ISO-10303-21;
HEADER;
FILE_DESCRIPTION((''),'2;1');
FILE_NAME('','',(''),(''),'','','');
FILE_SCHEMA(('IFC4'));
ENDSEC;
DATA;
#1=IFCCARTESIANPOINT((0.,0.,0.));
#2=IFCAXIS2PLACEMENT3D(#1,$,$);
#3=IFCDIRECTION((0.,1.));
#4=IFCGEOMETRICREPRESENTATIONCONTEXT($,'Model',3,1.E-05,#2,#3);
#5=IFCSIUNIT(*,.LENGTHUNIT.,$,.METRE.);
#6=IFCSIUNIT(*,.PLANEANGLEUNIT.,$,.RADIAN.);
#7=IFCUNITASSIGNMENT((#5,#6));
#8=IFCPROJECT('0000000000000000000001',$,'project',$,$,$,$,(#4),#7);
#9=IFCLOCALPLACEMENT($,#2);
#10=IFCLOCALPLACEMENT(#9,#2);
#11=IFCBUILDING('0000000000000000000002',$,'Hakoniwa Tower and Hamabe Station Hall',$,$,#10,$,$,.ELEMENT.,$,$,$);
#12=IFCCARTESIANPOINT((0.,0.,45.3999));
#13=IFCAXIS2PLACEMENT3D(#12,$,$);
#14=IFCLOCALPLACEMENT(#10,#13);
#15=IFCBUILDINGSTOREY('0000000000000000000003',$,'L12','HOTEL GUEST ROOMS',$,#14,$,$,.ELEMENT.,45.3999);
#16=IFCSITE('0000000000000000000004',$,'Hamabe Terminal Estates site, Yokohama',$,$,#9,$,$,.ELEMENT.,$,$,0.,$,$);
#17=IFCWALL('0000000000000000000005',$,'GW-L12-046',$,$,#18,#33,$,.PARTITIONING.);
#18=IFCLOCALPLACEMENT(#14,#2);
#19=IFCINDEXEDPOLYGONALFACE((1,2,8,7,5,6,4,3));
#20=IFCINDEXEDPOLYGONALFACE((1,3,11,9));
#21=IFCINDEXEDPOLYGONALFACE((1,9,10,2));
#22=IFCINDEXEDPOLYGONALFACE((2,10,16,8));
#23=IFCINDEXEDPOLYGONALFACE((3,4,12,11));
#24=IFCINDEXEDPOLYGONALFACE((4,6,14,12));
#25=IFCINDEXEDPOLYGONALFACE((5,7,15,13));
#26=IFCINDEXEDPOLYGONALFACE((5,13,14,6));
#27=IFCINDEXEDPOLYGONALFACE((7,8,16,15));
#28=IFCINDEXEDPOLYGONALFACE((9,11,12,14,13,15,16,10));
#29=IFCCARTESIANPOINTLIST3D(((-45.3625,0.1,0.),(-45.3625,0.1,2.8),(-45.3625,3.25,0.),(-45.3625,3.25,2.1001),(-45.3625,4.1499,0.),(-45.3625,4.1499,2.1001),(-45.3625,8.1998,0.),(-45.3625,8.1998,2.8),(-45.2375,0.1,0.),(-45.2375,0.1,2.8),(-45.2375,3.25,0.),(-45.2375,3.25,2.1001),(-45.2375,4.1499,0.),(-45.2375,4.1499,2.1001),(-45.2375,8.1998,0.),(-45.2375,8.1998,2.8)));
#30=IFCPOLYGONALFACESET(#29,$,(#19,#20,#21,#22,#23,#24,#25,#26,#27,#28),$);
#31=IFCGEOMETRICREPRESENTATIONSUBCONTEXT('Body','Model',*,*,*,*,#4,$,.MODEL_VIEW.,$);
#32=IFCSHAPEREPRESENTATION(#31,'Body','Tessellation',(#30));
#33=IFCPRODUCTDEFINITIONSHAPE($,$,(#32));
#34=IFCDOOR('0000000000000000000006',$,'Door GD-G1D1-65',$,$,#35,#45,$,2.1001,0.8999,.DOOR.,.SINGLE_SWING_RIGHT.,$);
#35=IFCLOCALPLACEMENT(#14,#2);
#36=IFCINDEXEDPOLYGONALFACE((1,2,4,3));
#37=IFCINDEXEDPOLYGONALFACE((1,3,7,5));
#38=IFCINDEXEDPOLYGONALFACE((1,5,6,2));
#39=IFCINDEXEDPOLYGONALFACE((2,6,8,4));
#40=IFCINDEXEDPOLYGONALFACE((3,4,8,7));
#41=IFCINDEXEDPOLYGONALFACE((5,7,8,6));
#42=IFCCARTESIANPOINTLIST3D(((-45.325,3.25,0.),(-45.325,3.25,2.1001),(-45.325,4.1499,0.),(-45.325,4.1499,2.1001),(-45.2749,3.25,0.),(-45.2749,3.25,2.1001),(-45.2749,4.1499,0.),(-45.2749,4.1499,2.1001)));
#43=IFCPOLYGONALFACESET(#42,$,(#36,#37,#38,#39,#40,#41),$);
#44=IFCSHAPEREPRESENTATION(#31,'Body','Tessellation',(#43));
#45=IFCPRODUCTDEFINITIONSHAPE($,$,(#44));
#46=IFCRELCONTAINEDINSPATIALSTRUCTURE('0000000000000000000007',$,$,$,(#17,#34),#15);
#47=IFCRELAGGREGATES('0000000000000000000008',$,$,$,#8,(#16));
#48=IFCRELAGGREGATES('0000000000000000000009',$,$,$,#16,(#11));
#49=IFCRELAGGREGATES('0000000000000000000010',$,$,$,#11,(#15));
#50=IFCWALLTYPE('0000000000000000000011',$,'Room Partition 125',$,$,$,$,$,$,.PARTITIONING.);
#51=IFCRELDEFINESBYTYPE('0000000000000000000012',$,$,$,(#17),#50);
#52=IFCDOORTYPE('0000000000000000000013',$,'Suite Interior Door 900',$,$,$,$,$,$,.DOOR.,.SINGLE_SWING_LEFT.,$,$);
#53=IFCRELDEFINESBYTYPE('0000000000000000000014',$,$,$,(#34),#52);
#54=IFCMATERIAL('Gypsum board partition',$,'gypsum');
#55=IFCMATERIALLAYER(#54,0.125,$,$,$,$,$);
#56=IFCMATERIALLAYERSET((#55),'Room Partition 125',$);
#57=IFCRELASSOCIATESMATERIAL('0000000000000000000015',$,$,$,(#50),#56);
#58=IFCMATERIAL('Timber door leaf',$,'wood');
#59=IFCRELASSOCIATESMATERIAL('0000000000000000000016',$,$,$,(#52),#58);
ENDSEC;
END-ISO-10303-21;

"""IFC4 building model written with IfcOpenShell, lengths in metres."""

from ifc_helpers import new_model, si_unit, direction, frame, frame_2d, origin, place, context, subcontext, project, spatial, rectangle, extrude, material, layer, layer_set, type_object, element, fill, save


model = new_model("IFC4")

# Units and contexts
model_context = context("Model", 3, precision=1e-05, world=origin(), true_north=direction((0.0, 1.0)))
body_context = subcontext(model_context, "Body", "Model", "MODEL_VIEW")
ifc_project = project(units=[si_unit("LENGTHUNIT", "METRE"), si_unit("PLANEANGLEUNIT", "RADIAN")], contexts=[model_context])

# Site, building, storey
site_placement = place(None, origin())
site = spatial("IfcSite", under=ifc_project, at=site_placement, Name="Hamabe Terminal Estates site, Yokohama", CompositionType="ELEMENT", RefElevation=0.0)
building_placement = place(site_placement, origin())
building = spatial("IfcBuilding", under=site, at=building_placement, Name="Hakoniwa Tower and Hamabe Station Hall", CompositionType="ELEMENT")
storey_placement = place(building_placement, frame((0.0, 0.0, 45.3999)))
storey = spatial("IfcBuildingStorey", under=building, at=storey_placement, Name="L12", Description="HOTEL GUEST ROOMS", CompositionType="ELEMENT", Elevation=45.3999)

# Wall, opening, door
ifc_material_1 = material(Name="Gypsum board partition", Category="gypsum")
ifc_layer_1 = layer(ifc_material_1, 0.125)
ifc_layer_set_1 = layer_set([ifc_layer_1], Name="Room Partition 125")
wall_type_1 = type_object("IfcWallType", Name="Room Partition 125", PredefinedType="PARTITIONING", material=ifc_layer_set_1)
wall_1_placement = place(storey_placement, frame((-45.3, 0.1001, 0.0), z_axis=(0.0, 0.0, 1.0), x_axis=(0.0, 1.0, 0.0)))
wall_1 = element("IfcWall", 1, at=wall_1_placement, inside=storey, type_object=wall_type_1, Name="GW-L12-046", PredefinedType="PARTITIONING", context=body_context, shape_type="SweptSolid", body=[
    extrude(rectangle(XDim=8.0999, YDim=0.125, at=frame_2d((4.0498, 0.0))), origin(), (0.0, 0.0, 1.0), 2.8),
])
opening_1_placement = place(wall_1_placement, frame((3.1499, 0.0, 0.0)))
opening_1 = element("IfcOpeningElement", 2, at=opening_1_placement, cuts=wall_1, PredefinedType="OPENING", context=body_context, shape_type="SweptSolid", body=[
    extrude(rectangle(XDim=0.8999, YDim=2.1001, at=frame_2d((0.45, 1.05))), frame((0.0, 0.0725, 0.0), z_axis=(0.0, -1.0, 0.0), x_axis=(1.0, 0.0, 0.0)), (0.0, 0.0, 1.0), 0.145),
])
ifc_material_2 = material(Name="Timber door leaf", Category="wood")
door_type_1 = type_object("IfcDoorType", Name="Suite Interior Door 900", OperationType="SINGLE_SWING_LEFT", PredefinedType="DOOR", material=ifc_material_2)
door_1_placement = place(opening_1_placement, origin())
door_1 = element("IfcDoor", 3, at=door_1_placement, inside=storey, type_object=door_type_1, Name="Door GD-G1D1-65", OperationType="SINGLE_SWING_RIGHT", OverallHeight=2.1001, OverallWidth=0.8999, PredefinedType="DOOR", context=body_context, shape_type="SweptSolid", body=[
    extrude(rectangle(XDim=0.8999, YDim=2.1001, at=frame_2d((0.45, 1.05))), frame((0.0, 0.0249, 0.0), z_axis=(0.0, -1.0, 0.0), x_axis=(1.0, 0.0, 0.0)), (0.0, 0.0, 1.0), 0.05),
])
fill(opening_1, door_1)

save(model, "model.ifc")
